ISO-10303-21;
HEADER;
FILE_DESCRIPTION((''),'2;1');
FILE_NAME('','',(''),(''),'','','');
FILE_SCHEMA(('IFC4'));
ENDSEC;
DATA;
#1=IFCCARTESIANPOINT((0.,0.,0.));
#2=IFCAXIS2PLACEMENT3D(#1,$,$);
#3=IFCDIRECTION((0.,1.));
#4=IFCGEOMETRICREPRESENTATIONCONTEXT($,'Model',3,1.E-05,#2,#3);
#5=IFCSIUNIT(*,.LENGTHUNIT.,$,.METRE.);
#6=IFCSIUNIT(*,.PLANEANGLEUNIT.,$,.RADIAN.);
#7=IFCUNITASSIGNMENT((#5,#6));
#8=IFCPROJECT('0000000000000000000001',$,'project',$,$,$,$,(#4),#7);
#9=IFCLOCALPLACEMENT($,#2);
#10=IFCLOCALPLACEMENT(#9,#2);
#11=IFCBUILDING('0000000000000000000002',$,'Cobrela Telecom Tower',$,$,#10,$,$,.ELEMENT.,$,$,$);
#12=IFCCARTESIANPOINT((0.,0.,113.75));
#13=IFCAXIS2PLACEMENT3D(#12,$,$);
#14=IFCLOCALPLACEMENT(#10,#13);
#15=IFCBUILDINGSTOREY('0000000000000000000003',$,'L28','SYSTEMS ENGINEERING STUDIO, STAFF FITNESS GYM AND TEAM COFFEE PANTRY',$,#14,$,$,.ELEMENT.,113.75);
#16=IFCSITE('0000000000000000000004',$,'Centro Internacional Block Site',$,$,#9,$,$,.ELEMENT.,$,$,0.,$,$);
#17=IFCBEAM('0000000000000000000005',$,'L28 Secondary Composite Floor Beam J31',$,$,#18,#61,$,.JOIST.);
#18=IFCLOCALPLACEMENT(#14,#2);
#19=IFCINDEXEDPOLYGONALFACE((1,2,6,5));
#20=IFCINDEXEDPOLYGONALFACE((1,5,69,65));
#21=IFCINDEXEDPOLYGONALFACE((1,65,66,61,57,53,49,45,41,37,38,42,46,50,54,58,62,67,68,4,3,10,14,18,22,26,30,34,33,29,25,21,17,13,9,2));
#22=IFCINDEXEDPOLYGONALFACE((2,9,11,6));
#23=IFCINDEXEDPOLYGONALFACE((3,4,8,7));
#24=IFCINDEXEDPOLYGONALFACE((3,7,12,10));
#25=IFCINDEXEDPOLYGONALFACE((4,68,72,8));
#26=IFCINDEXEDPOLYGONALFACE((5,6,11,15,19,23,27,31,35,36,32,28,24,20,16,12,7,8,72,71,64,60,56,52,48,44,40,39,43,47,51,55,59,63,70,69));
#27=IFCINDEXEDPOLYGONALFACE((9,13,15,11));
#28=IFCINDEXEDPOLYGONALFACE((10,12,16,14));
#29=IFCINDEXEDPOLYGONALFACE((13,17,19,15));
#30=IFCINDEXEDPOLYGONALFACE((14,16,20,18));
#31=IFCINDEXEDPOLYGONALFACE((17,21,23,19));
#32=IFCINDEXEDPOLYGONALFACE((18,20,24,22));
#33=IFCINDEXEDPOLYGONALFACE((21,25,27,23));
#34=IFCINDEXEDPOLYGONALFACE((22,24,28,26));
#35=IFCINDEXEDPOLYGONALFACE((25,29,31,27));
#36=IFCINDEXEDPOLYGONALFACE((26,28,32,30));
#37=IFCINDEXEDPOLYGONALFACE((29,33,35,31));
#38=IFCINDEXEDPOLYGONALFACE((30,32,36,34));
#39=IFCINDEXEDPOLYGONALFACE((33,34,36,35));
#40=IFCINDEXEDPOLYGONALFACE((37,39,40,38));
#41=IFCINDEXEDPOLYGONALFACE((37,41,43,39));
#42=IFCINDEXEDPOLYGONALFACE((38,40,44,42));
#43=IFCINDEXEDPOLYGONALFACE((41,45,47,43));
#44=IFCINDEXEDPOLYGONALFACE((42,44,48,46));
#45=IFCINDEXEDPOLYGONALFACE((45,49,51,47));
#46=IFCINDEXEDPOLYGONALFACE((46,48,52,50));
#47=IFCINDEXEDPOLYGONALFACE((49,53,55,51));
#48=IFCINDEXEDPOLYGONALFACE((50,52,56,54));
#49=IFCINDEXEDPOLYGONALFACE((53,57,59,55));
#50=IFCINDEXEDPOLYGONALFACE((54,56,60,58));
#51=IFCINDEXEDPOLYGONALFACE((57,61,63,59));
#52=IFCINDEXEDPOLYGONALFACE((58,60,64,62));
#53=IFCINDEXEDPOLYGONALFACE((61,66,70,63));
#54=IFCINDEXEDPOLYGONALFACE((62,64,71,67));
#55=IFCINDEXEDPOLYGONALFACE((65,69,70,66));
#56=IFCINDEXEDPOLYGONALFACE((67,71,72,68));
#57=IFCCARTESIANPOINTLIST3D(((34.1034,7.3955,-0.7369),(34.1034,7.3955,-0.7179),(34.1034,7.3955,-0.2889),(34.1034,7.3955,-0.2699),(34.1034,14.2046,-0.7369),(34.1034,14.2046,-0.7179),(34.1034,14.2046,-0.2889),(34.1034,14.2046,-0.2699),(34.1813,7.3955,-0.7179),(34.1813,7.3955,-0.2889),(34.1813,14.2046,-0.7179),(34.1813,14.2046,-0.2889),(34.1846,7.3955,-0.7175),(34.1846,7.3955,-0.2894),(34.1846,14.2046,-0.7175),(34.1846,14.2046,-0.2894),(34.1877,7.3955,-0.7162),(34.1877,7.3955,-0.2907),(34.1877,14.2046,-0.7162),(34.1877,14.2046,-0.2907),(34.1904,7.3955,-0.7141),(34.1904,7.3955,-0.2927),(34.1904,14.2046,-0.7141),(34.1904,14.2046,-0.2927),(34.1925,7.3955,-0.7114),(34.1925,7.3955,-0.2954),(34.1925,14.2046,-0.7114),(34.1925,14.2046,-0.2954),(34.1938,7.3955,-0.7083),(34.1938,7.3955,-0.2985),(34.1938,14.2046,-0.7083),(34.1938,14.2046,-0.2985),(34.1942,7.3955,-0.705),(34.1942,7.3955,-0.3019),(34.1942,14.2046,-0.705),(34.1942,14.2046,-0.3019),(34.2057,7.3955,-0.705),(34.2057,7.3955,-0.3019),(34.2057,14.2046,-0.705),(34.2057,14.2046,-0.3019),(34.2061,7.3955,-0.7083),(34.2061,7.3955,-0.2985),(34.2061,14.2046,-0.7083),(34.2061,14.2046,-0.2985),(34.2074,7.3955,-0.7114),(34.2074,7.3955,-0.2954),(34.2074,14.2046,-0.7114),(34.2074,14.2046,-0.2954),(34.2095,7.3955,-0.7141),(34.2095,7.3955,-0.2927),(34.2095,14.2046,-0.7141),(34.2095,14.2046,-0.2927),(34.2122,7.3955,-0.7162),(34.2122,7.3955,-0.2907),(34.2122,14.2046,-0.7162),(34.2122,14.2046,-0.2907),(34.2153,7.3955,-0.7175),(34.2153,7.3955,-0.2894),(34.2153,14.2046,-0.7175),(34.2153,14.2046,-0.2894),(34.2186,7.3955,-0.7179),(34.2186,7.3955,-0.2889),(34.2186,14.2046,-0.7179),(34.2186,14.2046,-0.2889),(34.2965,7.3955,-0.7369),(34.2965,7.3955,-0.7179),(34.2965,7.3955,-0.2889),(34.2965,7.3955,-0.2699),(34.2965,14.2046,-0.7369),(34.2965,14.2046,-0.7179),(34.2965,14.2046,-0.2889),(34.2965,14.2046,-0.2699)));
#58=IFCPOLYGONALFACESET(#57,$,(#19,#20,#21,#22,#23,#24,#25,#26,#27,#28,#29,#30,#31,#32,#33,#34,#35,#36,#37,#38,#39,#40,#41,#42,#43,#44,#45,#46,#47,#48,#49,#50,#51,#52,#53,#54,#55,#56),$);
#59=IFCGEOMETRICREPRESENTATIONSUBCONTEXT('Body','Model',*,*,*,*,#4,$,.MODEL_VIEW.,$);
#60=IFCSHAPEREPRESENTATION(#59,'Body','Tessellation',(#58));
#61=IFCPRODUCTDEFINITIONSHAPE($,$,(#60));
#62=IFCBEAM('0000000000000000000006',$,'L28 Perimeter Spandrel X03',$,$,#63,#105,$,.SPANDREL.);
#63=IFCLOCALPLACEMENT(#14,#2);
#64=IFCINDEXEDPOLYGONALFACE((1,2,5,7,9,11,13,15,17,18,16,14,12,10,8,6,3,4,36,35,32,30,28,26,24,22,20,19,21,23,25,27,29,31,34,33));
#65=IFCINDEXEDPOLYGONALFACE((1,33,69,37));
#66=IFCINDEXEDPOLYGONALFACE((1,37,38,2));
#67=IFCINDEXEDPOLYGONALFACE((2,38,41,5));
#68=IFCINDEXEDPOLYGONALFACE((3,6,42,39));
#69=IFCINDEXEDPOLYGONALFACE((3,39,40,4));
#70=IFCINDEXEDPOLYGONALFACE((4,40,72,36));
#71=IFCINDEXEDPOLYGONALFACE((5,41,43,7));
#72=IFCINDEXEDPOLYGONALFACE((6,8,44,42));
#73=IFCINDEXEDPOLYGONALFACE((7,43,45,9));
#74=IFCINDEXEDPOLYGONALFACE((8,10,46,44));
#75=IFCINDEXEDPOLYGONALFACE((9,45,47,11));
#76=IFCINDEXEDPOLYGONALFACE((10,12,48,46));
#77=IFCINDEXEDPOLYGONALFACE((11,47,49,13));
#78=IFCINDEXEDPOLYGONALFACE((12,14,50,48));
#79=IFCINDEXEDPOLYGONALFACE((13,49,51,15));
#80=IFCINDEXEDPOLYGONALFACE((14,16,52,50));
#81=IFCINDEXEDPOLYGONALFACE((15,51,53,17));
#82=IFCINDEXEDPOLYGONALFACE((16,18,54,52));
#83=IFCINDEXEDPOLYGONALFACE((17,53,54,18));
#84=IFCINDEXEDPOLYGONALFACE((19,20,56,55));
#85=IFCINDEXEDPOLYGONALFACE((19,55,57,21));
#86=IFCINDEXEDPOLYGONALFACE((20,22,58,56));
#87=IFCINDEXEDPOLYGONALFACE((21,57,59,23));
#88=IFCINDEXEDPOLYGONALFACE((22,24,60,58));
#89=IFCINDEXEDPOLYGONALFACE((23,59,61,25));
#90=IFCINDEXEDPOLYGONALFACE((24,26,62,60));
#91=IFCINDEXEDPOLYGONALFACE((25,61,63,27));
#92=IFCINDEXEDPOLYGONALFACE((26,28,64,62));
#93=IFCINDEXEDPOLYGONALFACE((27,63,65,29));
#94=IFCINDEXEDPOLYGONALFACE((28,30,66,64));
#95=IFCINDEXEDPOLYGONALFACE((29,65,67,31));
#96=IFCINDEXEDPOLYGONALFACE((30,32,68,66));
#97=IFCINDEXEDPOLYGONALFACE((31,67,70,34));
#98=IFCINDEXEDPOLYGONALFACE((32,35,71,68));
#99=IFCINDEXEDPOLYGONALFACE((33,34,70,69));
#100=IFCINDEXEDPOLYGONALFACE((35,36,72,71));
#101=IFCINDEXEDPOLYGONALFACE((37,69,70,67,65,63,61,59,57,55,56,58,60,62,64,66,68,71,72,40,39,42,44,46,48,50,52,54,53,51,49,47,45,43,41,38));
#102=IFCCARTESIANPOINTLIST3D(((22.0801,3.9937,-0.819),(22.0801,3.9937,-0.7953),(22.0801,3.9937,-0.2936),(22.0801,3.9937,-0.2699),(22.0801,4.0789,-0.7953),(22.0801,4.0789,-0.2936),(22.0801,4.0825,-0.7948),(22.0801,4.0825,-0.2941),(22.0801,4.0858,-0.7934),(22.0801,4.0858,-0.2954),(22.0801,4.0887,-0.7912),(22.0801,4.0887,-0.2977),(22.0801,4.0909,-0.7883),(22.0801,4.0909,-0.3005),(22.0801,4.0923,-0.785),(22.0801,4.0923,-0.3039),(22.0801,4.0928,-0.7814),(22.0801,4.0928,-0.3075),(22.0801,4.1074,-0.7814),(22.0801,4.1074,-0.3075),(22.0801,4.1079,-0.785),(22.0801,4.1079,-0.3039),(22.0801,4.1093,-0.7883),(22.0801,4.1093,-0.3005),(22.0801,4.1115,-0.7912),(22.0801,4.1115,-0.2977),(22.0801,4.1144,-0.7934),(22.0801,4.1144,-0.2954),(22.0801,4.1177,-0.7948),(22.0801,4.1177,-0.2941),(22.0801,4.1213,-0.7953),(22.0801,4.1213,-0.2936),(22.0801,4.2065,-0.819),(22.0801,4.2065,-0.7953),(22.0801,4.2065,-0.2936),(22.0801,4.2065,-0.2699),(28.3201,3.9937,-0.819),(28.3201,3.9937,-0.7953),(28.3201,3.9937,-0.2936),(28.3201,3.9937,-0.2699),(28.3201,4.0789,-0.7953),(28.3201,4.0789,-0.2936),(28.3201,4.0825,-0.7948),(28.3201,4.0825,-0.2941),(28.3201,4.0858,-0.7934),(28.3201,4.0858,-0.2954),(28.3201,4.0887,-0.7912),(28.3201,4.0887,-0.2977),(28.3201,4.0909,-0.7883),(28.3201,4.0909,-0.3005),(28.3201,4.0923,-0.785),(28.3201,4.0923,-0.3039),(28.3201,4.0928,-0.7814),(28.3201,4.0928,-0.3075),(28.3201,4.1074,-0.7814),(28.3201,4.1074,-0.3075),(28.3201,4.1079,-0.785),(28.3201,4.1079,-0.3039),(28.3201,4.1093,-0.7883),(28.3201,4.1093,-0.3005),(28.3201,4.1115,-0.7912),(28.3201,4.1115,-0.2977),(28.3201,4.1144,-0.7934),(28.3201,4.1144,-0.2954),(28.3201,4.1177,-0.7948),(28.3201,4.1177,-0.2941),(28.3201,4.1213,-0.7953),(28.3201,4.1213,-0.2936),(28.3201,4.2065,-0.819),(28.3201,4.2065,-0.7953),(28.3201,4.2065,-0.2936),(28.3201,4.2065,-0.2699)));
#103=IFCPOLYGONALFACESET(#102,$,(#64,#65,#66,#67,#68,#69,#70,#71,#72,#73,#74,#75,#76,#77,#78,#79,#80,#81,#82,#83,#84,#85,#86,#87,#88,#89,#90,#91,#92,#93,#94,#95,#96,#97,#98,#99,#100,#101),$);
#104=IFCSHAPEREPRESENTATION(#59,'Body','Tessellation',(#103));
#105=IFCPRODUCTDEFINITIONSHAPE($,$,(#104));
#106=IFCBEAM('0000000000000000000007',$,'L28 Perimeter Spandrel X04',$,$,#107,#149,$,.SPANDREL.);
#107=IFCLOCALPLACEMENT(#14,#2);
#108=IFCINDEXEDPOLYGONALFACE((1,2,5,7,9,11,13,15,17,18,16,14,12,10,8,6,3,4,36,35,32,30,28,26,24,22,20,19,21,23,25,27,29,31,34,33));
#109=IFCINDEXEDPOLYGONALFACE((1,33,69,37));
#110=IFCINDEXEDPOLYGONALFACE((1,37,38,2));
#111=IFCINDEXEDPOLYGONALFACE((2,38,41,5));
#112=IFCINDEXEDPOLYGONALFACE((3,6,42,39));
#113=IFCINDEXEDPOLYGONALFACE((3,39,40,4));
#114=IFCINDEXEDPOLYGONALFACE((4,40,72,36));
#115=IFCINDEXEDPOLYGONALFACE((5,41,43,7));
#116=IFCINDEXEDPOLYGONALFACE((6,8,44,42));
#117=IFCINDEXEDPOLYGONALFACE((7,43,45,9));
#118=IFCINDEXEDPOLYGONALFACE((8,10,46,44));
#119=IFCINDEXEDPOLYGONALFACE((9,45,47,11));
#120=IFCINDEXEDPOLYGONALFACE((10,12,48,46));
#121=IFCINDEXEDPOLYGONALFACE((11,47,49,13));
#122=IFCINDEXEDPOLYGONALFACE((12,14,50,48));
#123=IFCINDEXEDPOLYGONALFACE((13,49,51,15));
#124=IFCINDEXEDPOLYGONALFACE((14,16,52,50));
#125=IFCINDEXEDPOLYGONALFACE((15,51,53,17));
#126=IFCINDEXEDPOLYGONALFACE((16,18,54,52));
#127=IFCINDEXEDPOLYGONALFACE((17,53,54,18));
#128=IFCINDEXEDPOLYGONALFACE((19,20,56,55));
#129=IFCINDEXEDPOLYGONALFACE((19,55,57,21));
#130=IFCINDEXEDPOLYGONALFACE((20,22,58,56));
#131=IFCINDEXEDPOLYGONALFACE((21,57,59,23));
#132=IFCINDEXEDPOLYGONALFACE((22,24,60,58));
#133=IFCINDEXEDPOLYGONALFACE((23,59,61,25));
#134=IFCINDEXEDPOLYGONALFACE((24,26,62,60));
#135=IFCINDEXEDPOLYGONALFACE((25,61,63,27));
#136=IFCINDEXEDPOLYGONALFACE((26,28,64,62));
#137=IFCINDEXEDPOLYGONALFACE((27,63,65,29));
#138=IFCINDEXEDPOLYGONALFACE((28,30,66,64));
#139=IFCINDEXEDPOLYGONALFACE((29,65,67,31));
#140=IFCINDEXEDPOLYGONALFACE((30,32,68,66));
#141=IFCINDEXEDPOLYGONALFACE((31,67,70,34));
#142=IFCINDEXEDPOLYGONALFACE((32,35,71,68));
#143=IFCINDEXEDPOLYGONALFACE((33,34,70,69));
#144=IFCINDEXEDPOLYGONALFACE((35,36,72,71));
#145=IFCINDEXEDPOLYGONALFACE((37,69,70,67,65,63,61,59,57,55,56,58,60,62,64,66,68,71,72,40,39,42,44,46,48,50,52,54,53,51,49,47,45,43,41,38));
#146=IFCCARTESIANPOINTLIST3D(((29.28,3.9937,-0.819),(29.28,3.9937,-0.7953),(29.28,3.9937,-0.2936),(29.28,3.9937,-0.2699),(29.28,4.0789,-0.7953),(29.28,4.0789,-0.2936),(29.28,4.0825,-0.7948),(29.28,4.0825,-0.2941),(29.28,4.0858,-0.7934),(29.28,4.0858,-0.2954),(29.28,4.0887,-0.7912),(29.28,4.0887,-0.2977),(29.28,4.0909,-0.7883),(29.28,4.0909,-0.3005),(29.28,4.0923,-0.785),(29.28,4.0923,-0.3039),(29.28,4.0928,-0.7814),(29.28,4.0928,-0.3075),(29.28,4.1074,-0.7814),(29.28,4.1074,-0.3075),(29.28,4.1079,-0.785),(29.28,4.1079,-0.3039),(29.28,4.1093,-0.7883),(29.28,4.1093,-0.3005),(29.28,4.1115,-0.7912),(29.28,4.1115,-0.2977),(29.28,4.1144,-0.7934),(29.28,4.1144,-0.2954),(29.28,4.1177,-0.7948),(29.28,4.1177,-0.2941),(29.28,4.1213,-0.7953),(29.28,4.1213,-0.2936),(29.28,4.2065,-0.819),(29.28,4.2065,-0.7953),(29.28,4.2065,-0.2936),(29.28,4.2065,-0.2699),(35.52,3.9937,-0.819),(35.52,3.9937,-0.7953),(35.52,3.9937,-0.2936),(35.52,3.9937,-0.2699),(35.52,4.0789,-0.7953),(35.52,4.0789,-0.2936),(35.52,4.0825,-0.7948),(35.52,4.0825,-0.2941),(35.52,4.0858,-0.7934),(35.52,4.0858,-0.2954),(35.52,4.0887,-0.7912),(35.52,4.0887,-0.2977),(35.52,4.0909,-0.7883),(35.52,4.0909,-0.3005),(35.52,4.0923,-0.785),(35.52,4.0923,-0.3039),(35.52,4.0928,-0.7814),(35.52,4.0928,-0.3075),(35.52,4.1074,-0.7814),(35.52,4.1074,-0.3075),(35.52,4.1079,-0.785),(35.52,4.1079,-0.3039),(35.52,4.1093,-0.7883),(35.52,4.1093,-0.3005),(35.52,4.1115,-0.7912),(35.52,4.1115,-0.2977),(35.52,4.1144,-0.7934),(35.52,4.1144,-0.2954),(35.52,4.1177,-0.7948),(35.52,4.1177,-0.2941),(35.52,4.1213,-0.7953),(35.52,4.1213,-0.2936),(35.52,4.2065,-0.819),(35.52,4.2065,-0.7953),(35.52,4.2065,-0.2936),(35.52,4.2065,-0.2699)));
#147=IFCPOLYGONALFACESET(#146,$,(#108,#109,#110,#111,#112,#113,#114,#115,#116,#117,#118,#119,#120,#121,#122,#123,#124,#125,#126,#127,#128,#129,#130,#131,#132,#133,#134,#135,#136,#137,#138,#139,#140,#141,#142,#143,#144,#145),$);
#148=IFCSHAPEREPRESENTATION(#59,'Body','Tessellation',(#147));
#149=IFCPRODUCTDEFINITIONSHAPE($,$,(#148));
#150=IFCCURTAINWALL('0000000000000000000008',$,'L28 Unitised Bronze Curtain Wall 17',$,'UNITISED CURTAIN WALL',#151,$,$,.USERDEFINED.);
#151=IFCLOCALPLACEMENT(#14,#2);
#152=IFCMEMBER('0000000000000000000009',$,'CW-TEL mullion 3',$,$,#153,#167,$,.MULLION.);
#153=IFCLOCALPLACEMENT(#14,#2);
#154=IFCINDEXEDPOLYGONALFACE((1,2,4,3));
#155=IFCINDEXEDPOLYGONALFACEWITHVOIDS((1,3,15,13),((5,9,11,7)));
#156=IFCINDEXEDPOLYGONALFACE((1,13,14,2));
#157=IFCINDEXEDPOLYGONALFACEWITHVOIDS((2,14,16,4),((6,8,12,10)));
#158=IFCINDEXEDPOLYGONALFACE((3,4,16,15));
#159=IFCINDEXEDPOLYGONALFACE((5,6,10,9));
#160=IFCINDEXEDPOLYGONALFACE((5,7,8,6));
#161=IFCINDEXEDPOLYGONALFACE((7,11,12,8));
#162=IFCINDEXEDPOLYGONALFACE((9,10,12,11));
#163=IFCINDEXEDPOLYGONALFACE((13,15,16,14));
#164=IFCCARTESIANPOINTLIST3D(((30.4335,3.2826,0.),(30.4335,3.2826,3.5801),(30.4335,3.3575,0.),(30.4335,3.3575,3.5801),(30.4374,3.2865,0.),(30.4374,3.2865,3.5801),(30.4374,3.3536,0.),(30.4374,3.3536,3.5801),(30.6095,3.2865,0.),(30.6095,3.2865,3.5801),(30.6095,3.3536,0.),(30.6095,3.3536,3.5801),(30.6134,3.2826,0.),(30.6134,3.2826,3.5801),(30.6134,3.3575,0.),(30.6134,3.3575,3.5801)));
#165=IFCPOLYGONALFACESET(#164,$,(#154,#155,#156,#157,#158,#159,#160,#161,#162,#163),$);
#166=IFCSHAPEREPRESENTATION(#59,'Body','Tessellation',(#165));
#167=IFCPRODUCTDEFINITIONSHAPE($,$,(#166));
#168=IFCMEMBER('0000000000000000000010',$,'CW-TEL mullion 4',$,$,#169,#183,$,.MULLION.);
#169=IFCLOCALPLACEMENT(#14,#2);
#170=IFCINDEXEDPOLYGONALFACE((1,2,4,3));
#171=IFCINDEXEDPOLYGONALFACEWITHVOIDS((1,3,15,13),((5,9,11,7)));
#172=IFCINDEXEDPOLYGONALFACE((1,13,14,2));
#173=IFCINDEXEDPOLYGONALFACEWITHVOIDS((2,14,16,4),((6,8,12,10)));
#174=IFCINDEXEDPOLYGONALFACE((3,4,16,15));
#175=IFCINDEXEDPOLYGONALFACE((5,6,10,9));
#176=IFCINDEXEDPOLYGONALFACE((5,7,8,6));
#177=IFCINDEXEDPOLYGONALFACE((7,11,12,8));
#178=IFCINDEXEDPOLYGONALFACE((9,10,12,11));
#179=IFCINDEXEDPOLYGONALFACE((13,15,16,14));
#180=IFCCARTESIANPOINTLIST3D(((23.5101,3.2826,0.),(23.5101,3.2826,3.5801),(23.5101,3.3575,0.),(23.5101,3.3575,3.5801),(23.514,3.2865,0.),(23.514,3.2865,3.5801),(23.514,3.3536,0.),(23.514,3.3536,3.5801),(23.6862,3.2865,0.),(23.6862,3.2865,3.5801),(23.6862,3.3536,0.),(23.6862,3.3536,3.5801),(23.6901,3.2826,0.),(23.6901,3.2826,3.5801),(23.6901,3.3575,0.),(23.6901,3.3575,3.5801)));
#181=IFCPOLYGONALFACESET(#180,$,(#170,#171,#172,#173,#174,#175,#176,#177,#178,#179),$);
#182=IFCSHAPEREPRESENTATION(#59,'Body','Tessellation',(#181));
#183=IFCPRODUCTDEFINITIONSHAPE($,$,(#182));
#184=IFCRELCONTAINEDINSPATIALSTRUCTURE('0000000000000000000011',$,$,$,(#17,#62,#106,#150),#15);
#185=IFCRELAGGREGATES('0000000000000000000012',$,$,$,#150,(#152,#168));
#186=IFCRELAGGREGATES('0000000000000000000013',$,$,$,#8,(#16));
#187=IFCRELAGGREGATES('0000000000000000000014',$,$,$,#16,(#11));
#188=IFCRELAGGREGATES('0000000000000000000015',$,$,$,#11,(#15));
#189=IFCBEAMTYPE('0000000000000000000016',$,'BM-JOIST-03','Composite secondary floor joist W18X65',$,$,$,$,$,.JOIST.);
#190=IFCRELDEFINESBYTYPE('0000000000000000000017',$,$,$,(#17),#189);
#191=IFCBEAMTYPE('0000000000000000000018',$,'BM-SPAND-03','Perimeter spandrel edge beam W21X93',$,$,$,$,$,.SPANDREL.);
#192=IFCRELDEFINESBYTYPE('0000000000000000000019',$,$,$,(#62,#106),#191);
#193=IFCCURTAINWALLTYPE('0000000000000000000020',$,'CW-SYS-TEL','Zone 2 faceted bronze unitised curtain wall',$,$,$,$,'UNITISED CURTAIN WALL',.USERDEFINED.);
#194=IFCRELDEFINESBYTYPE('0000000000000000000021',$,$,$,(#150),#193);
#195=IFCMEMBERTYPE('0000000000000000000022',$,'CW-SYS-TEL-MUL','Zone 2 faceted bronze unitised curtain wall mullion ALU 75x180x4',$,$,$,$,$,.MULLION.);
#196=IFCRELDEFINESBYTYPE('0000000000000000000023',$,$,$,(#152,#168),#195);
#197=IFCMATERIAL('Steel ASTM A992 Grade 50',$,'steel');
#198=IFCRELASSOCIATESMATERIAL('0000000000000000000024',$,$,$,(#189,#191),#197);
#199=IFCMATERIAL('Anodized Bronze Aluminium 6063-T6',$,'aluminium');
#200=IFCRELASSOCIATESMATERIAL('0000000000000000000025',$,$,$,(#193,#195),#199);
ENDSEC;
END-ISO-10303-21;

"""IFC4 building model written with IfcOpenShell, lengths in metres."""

from ifc_helpers import new_model, si_unit, direction, frame, origin, origin_2d, place, context, subcontext, project, spatial, hollow_rectangle, i_section, extrude, material, material_profile, profile_set, type_object, element, aggregate, save


model = new_model("IFC4")

# Units and contexts
model_context = context("Model", 3, precision=1e-05, world=origin(), true_north=direction((0.0, 1.0)))
body_context = subcontext(model_context, "Body", "Model", "MODEL_VIEW")
ifc_project = project(units=[si_unit("LENGTHUNIT", "METRE"), si_unit("PLANEANGLEUNIT", "RADIAN")], contexts=[model_context])

# Site, building, storey
site_placement = place(None, origin())
site = spatial("IfcSite", under=ifc_project, at=site_placement, Name="Centro Internacional Block Site", CompositionType="ELEMENT", RefElevation=0.0)
building_placement = place(site_placement, origin())
building = spatial("IfcBuilding", under=site, at=building_placement, Name="Cobrela Telecom Tower", CompositionType="ELEMENT")
storey_placement = place(building_placement, frame((0.0, 0.0, 113.75)))
storey = spatial("IfcBuildingStorey", under=building, at=storey_placement, Name="L28", Description="SYSTEMS ENGINEERING STUDIO, STAFF FITNESS GYM AND TEAM COFFEE PANTRY", CompositionType="ELEMENT", Elevation=113.75)

# Shared definitions
ifc_material_1 = material(Name="Steel ASTM A992 Grade 50", Category="steel")

# Beams
ifc_material_profile_1 = material_profile(ifc_material_1, i_section(OverallWidth=0.1931, OverallDepth=0.467, WebThickness=0.0115, FlangeThickness=0.019, FilletRadius=0.0129, at=origin_2d()), Name="W18X65")
ifc_profile_set_1 = profile_set([ifc_material_profile_1], Name="Steel ASTM A992 Grade 50")
beam_type_1 = type_object("IfcBeamType", Name="BM-JOIST-03", Description="Composite secondary floor joist W18X65", PredefinedType="JOIST", material=ifc_profile_set_1)
for number, where, z_axis, x_axis, name in (
    (1, (34.2, 7.3955, -0.5034), (0.0, 1.0, 0.0), (-1.0, 0.0, 0.0), "L28 Secondary Composite Floor Beam J31"),
):
    element("IfcBeam", number, at=place(storey_placement, frame(where, z_axis=z_axis, x_axis=x_axis)), inside=storey, type_object=beam_type_1, Name=name, PredefinedType="JOIST", context=body_context, shape_type="SweptSolid", body=[
        extrude(i_section(OverallWidth=0.1931, OverallDepth=0.467, WebThickness=0.0115, FlangeThickness=0.019, FilletRadius=0.0129, at=origin_2d()), origin(), (0.0, 0.0, 1.0), 6.8091),
    ])
ifc_material_profile_2 = material_profile(ifc_material_1, i_section(OverallWidth=0.2129, OverallDepth=0.5491, WebThickness=0.0146, FlangeThickness=0.0237, FilletRadius=0.0139, at=origin_2d()), Name="W21X93")
ifc_profile_set_2 = profile_set([ifc_material_profile_2], Name="Steel ASTM A992 Grade 50")
beam_type_2 = type_object("IfcBeamType", Name="BM-SPAND-03", Description="Perimeter spandrel edge beam W21X93", PredefinedType="SPANDREL", material=ifc_profile_set_2)
for number, where, z_axis, x_axis, name in (
    (2, (22.0801, 4.1001, -0.5444), (1.0, 0.0, 0.0), (0.0, 1.0, 0.0), "L28 Perimeter Spandrel X03"),
    (3, (29.28, 4.1001, -0.5444), (1.0, 0.0, 0.0), (0.0, 1.0, 0.0), "L28 Perimeter Spandrel X04"),
):
    element("IfcBeam", number, at=place(storey_placement, frame(where, z_axis=z_axis, x_axis=x_axis)), inside=storey, type_object=beam_type_2, Name=name, PredefinedType="SPANDREL", context=body_context, shape_type="SweptSolid", body=[
        extrude(i_section(OverallWidth=0.2129, OverallDepth=0.5491, WebThickness=0.0146, FlangeThickness=0.0237, FilletRadius=0.0139, at=origin_2d()), origin(), (0.0, 0.0, 1.0), 6.24),
    ])

# Curtain wall, members
ifc_material_2 = material(Name="Anodized Bronze Aluminium 6063-T6", Category="aluminium")
curtain_wall_type = type_object("IfcCurtainWallType", Name="CW-SYS-TEL", Description="Zone 2 faceted bronze unitised curtain wall", ElementType="UNITISED CURTAIN WALL", PredefinedType="USERDEFINED", material=ifc_material_2)
curtain_wall_placement = place(storey_placement, origin())
curtain_wall = element("IfcCurtainWall", 4, at=curtain_wall_placement, inside=storey, type_object=curtain_wall_type, Name="L28 Unitised Bronze Curtain Wall 17", ObjectType="UNITISED CURTAIN WALL", PredefinedType="USERDEFINED")
ifc_material_profile_3 = material_profile(ifc_material_2, hollow_rectangle(XDim=0.075, YDim=0.1799, WallThickness=0.0039, at=origin_2d()), Name="ALU 75x180x4")
ifc_profile_set_3 = profile_set([ifc_material_profile_3], Name="Anodized Bronze Aluminium 6063-T6")
member_type_1 = type_object("IfcMemberType", Name="CW-SYS-TEL-MUL", Description="Zone 2 faceted bronze unitised curtain wall mullion ALU 75x180x4", PredefinedType="MULLION", material=ifc_profile_set_3)
member_1_placement = place(storey_placement, frame((30.5234, 3.3201, 0.0), z_axis=(0.0, 0.0, 1.0), x_axis=(0.0, -1.0, 0.0)))
member_1 = element("IfcMember", 5, at=member_1_placement, type_object=member_type_1, Name="CW-TEL mullion 3", PredefinedType="MULLION", context=body_context, shape_type="SweptSolid", body=[
    extrude(hollow_rectangle(XDim=0.075, YDim=0.1799, WallThickness=0.0039, at=origin_2d()), origin(), (0.0, 0.0, 1.0), 3.5801),
])
member_2_placement = place(storey_placement, frame((23.6001, 3.3201, 0.0), z_axis=(0.0, 0.0, 1.0), x_axis=(0.0, -1.0, 0.0)))
member_2 = element("IfcMember", 6, at=member_2_placement, type_object=member_type_1, Name="CW-TEL mullion 4", PredefinedType="MULLION", context=body_context, shape_type="SweptSolid", body=[
    extrude(hollow_rectangle(XDim=0.075, YDim=0.1799, WallThickness=0.0039, at=origin_2d()), origin(), (0.0, 0.0, 1.0), 3.5801),
])
aggregate(curtain_wall, [member_1, member_2])

save(model, "model.ifc")
